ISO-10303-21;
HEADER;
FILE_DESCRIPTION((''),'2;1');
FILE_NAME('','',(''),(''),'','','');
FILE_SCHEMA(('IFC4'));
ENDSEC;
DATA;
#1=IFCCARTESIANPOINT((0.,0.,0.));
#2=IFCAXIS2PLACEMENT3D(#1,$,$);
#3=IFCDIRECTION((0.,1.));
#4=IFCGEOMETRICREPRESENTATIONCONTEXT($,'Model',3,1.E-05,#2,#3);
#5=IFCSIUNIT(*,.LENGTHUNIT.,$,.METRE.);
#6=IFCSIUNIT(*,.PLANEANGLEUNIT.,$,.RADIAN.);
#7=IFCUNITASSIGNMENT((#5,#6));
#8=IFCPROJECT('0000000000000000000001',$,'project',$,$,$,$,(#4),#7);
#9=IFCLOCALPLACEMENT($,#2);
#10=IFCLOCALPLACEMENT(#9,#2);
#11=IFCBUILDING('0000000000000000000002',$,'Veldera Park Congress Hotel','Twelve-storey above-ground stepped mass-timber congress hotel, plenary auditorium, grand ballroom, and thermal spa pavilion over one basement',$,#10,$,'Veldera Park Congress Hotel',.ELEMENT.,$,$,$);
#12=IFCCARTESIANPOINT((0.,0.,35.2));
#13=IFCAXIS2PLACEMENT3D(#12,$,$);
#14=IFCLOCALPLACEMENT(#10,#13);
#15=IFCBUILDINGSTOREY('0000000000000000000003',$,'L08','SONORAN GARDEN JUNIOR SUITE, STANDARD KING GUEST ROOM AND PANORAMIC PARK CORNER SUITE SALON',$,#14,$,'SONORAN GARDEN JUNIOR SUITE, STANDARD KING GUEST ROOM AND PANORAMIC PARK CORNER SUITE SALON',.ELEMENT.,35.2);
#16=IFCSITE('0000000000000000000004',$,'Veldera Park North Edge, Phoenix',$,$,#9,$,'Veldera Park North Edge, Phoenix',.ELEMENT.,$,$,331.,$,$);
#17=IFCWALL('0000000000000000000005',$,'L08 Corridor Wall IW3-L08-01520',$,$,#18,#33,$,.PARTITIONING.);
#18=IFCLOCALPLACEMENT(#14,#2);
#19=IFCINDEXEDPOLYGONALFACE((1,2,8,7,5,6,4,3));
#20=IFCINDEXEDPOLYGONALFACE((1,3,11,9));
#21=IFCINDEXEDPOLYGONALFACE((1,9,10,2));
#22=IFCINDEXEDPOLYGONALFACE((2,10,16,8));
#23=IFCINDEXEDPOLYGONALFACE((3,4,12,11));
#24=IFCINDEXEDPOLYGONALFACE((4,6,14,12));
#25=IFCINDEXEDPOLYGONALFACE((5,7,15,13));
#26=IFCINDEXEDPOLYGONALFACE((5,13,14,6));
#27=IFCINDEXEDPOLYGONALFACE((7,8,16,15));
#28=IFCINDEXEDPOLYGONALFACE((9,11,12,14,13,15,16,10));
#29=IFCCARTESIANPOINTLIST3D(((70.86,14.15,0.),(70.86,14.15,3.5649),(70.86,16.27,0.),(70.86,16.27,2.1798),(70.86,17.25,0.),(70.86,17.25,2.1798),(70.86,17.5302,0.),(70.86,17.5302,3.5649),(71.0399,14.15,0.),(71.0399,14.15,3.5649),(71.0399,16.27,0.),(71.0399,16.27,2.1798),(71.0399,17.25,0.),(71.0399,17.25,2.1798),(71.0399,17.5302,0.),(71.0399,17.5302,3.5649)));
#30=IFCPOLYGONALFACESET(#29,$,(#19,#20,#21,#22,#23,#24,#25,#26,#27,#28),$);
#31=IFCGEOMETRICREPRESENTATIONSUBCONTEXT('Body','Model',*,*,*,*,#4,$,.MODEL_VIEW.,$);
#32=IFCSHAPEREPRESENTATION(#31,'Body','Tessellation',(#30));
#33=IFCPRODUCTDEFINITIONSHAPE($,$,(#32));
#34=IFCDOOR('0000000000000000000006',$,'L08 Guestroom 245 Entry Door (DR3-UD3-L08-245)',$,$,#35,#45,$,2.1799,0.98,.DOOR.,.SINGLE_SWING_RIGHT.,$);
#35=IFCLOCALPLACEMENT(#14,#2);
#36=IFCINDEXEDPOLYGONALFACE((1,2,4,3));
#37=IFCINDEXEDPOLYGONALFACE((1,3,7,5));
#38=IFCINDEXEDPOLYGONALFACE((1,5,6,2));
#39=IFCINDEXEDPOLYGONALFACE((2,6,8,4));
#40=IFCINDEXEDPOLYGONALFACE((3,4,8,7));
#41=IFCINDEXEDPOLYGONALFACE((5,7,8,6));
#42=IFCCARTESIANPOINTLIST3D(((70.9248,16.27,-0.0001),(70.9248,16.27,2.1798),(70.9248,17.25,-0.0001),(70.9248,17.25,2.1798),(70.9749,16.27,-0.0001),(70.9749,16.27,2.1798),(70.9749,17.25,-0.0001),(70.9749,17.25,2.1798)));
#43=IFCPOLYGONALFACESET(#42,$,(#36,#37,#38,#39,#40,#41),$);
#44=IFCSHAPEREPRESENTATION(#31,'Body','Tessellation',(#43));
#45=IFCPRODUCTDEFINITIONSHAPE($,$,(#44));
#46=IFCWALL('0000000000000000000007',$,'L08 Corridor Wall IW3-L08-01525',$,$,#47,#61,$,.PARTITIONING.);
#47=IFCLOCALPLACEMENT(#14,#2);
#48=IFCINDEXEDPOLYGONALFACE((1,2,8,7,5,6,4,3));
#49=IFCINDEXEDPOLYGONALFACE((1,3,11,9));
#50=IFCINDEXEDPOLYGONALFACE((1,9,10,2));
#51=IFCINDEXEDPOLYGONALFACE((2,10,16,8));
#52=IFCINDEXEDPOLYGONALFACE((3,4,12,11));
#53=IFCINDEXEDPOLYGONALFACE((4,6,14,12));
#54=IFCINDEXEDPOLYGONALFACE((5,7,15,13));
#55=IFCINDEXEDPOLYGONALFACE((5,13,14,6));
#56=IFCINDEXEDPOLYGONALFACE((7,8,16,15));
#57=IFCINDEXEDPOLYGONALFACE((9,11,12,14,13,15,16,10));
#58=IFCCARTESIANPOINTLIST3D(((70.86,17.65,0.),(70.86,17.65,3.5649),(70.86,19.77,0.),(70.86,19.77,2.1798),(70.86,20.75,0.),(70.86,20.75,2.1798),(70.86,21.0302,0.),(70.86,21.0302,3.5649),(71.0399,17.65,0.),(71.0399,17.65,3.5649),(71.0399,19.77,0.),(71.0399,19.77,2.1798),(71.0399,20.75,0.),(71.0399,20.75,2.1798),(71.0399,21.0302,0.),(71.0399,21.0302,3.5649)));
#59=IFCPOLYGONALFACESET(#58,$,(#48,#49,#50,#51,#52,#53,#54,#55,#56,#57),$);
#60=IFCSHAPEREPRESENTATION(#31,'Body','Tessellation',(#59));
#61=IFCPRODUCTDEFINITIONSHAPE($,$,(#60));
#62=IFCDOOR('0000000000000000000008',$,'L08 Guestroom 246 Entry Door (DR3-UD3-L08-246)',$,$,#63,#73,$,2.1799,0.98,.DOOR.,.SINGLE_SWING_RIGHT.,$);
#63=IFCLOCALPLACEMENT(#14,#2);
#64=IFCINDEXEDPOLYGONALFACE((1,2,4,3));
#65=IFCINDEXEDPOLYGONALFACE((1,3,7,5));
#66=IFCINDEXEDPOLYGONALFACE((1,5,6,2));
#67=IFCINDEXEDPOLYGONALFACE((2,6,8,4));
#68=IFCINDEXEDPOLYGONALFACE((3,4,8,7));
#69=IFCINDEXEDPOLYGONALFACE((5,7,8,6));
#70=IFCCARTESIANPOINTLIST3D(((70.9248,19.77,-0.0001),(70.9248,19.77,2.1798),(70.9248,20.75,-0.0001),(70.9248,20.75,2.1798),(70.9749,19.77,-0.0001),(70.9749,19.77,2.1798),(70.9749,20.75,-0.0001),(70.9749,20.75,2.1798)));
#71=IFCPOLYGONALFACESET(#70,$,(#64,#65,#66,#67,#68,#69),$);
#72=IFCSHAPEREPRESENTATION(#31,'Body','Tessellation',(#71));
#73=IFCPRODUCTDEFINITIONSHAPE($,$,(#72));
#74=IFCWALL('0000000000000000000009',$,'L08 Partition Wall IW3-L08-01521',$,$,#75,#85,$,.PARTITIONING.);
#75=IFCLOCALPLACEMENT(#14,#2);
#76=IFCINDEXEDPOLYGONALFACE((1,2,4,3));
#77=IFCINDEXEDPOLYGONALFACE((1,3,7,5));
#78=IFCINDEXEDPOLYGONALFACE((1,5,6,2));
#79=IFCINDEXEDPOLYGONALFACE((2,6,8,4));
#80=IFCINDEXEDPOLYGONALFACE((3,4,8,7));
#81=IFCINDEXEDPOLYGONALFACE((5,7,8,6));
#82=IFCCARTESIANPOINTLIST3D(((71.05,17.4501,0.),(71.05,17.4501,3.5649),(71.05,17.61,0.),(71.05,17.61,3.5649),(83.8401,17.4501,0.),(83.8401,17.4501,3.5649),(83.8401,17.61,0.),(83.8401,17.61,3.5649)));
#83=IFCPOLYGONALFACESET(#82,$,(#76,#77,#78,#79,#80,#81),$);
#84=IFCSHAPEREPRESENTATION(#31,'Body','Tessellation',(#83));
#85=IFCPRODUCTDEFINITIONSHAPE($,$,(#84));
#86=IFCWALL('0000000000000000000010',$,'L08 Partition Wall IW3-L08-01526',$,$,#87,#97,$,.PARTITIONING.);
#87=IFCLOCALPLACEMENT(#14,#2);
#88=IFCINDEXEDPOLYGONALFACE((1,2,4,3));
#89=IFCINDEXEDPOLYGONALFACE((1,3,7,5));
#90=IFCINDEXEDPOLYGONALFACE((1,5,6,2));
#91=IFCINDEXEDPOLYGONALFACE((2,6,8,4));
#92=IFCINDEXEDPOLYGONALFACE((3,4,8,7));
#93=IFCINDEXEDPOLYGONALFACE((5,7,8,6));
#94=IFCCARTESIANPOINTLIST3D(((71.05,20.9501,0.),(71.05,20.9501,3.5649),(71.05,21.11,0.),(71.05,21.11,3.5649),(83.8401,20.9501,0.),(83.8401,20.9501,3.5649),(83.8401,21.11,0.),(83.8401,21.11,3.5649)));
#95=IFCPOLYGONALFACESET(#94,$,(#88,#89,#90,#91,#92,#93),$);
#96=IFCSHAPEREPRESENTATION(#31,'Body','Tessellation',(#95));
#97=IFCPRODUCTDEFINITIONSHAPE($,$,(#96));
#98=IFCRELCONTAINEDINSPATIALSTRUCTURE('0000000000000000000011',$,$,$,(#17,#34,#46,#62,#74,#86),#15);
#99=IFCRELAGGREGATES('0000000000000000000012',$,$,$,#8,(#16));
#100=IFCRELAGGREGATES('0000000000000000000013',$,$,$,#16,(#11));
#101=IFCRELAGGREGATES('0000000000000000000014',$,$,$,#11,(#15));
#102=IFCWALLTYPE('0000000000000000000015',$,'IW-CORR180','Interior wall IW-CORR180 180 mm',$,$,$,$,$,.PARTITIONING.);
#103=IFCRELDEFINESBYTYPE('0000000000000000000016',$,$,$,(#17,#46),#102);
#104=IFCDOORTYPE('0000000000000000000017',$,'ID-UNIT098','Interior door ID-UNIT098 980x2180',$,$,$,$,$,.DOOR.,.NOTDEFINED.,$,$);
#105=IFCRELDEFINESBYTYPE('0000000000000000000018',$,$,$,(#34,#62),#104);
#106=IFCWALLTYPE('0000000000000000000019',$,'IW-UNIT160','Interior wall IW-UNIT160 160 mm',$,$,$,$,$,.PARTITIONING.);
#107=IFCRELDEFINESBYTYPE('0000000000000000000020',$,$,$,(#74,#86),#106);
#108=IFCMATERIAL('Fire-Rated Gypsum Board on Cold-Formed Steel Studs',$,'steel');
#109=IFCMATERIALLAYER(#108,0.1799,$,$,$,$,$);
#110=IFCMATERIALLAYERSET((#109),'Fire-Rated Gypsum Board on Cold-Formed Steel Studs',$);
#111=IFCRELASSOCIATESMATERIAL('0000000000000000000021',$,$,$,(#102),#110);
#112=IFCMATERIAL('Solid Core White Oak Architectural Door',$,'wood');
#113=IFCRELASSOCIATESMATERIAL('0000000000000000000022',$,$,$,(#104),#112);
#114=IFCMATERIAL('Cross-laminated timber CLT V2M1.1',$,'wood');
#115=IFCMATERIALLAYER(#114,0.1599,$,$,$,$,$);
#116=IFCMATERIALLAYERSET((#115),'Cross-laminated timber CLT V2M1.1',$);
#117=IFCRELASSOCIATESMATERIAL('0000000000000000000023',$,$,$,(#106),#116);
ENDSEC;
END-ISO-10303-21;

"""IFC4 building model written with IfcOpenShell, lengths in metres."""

from ifc_helpers import new_model, si_unit, direction, frame, frame_2d, origin, place, context, subcontext, project, spatial, rectangle, extrude, material, layer, layer_set, type_object, element, fill, save


model = new_model("IFC4")

# Units and contexts
model_context = context("Model", 3, precision=1e-05, world=origin(), true_north=direction((0.0, 1.0)))
body_context = subcontext(model_context, "Body", "Model", "MODEL_VIEW")
ifc_project = project(units=[si_unit("LENGTHUNIT", "METRE"), si_unit("PLANEANGLEUNIT", "RADIAN")], contexts=[model_context])

# Site, building, storey
site_placement = place(None, origin())
site = spatial("IfcSite", under=ifc_project, at=site_placement, Name="Veldera Park North Edge, Phoenix", LongName="Veldera Park North Edge, Phoenix", CompositionType="ELEMENT", RefElevation=331.0)
building_placement = place(site_placement, origin())
building = spatial("IfcBuilding", under=site, at=building_placement, Name="Veldera Park Congress Hotel", Description="Twelve-storey above-ground stepped mass-timber congress hotel, plenary auditorium, grand ballroom, and thermal spa pavilion over one basement", LongName="Veldera Park Congress Hotel", CompositionType="ELEMENT")
storey_placement = place(building_placement, frame((0.0, 0.0, 35.2)))
storey = spatial("IfcBuildingStorey", under=building, at=storey_placement, Name="L08", Description="SONORAN GARDEN JUNIOR SUITE, STANDARD KING GUEST ROOM AND PANORAMIC PARK CORNER SUITE SALON", LongName="SONORAN GARDEN JUNIOR SUITE, STANDARD KING GUEST ROOM AND PANORAMIC PARK CORNER SUITE SALON", CompositionType="ELEMENT", Elevation=35.2)

# Shared definitions
ifc_material_1 = material(Name="Cross-laminated timber CLT V2M1.1", Category="wood")

# Walls, openings, doors
ifc_material_2 = material(Name="Fire-Rated Gypsum Board on Cold-Formed Steel Studs", Category="steel")
ifc_layer_1 = layer(ifc_material_2, 0.1799)
ifc_layer_set_1 = layer_set([ifc_layer_1], Name="Fire-Rated Gypsum Board on Cold-Formed Steel Studs")
wall_type_1 = type_object("IfcWallType", Name="IW-CORR180", Description="Interior wall IW-CORR180 180 mm", PredefinedType="PARTITIONING", material=ifc_layer_set_1)
wall_1_placement = place(storey_placement, frame((70.95, 17.53, 0.0), z_axis=(0.0, 0.0, 1.0), x_axis=(0.0, -1.0, 0.0)))
wall_1 = element("IfcWall", 1, at=wall_1_placement, inside=storey, type_object=wall_type_1, Name="L08 Corridor Wall IW3-L08-01520", PredefinedType="PARTITIONING", context=body_context, shape_type="SweptSolid", body=[
    extrude(rectangle(XDim=3.3801, YDim=0.1799, at=frame_2d((1.6899, 0.0))), origin(), (0.0, 0.0, 1.0), 3.5649),
])
opening_1_placement = place(wall_1_placement, frame((0.28, 0.0, 0.0)))
opening_1 = element("IfcOpeningElement", 2, at=opening_1_placement, cuts=wall_1, PredefinedType="OPENING", context=body_context, shape_type="SweptSolid", body=[
    extrude(rectangle(XDim=0.98, YDim=2.1799, at=frame_2d((0.49, 1.0898))), frame((0.0, 0.1021, 0.0), z_axis=(0.0, -1.0, 0.0), x_axis=(1.0, 0.0, 0.0)), (0.0, 0.0, 1.0), 0.2039),
])
ifc_material_3 = material(Name="Solid Core White Oak Architectural Door", Category="wood")
door_type = type_object("IfcDoorType", Name="ID-UNIT098", Description="Interior door ID-UNIT098 980x2180", OperationType="NOTDEFINED", PredefinedType="DOOR", material=ifc_material_3)
door_1_placement = place(opening_1_placement, origin())
door_1 = element("IfcDoor", 3, at=door_1_placement, inside=storey, type_object=door_type, Name="L08 Guestroom 245 Entry Door (DR3-UD3-L08-245)", OperationType="SINGLE_SWING_RIGHT", OverallHeight=2.1799, OverallWidth=0.98, PredefinedType="DOOR", context=body_context, shape_type="SweptSolid", body=[
    extrude(rectangle(XDim=0.98, YDim=2.1799, at=frame_2d((0.49, 1.0898))), frame((0.0, 0.0249, 0.0), z_axis=(0.0, -1.0, 0.0), x_axis=(1.0, 0.0, 0.0)), (0.0, 0.0, 1.0), 0.05),
])
fill(opening_1, door_1)
wall_2_placement = place(storey_placement, frame((70.95, 21.03, 0.0), z_axis=(0.0, 0.0, 1.0), x_axis=(0.0, -1.0, 0.0)))
wall_2 = element("IfcWall", 4, at=wall_2_placement, inside=storey, type_object=wall_type_1, Name="L08 Corridor Wall IW3-L08-01525", PredefinedType="PARTITIONING", context=body_context, shape_type="SweptSolid", body=[
    extrude(rectangle(XDim=3.3801, YDim=0.1799, at=frame_2d((1.6899, 0.0))), origin(), (0.0, 0.0, 1.0), 3.5649),
])
opening_2_placement = place(wall_2_placement, frame((0.28, 0.0, 0.0)))
opening_2 = element("IfcOpeningElement", 5, at=opening_2_placement, cuts=wall_2, PredefinedType="OPENING", context=body_context, shape_type="SweptSolid", body=[
    extrude(rectangle(XDim=0.98, YDim=2.1799, at=frame_2d((0.49, 1.0898))), frame((0.0, 0.1021, 0.0), z_axis=(0.0, -1.0, 0.0), x_axis=(1.0, 0.0, 0.0)), (0.0, 0.0, 1.0), 0.2039),
])
door_2_placement = place(opening_2_placement, origin())
door_2 = element("IfcDoor", 6, at=door_2_placement, inside=storey, type_object=door_type, Name="L08 Guestroom 246 Entry Door (DR3-UD3-L08-246)", OperationType="SINGLE_SWING_RIGHT", OverallHeight=2.1799, OverallWidth=0.98, PredefinedType="DOOR", context=body_context, shape_type="SweptSolid", body=[
    extrude(rectangle(XDim=0.98, YDim=2.1799, at=frame_2d((0.49, 1.0898))), frame((0.0, 0.0249, 0.0), z_axis=(0.0, -1.0, 0.0), x_axis=(1.0, 0.0, 0.0)), (0.0, 0.0, 1.0), 0.05),
])
fill(opening_2, door_2)

# Walls
ifc_layer_2 = layer(ifc_material_1, 0.1599)
ifc_layer_set_2 = layer_set([ifc_layer_2], Name="Cross-laminated timber CLT V2M1.1")
wall_type_2 = type_object("IfcWallType", Name="IW-UNIT160", Description="Interior wall IW-UNIT160 160 mm", PredefinedType="PARTITIONING", material=ifc_layer_set_2)
for number, where, z_axis, x_axis, name in (
    (7, (71.05, 17.53, 0.0), (0.0, 0.0, 1.0), (1.0, 0.0, 0.0), "L08 Partition Wall IW3-L08-01521"),
    (8, (71.05, 21.03, 0.0), (0.0, 0.0, 1.0), (1.0, 0.0, 0.0), "L08 Partition Wall IW3-L08-01526"),
):
    element("IfcWall", number, at=place(storey_placement, frame(where, z_axis=z_axis, x_axis=x_axis)), inside=storey, type_object=wall_type_2, Name=name, PredefinedType="PARTITIONING", context=body_context, shape_type="SweptSolid", body=[
        extrude(rectangle(XDim=12.79, YDim=0.1599, at=frame_2d((6.395, 0.0))), origin(), (0.0, 0.0, 1.0), 3.5649),
    ])

save(model, "model.ifc")
